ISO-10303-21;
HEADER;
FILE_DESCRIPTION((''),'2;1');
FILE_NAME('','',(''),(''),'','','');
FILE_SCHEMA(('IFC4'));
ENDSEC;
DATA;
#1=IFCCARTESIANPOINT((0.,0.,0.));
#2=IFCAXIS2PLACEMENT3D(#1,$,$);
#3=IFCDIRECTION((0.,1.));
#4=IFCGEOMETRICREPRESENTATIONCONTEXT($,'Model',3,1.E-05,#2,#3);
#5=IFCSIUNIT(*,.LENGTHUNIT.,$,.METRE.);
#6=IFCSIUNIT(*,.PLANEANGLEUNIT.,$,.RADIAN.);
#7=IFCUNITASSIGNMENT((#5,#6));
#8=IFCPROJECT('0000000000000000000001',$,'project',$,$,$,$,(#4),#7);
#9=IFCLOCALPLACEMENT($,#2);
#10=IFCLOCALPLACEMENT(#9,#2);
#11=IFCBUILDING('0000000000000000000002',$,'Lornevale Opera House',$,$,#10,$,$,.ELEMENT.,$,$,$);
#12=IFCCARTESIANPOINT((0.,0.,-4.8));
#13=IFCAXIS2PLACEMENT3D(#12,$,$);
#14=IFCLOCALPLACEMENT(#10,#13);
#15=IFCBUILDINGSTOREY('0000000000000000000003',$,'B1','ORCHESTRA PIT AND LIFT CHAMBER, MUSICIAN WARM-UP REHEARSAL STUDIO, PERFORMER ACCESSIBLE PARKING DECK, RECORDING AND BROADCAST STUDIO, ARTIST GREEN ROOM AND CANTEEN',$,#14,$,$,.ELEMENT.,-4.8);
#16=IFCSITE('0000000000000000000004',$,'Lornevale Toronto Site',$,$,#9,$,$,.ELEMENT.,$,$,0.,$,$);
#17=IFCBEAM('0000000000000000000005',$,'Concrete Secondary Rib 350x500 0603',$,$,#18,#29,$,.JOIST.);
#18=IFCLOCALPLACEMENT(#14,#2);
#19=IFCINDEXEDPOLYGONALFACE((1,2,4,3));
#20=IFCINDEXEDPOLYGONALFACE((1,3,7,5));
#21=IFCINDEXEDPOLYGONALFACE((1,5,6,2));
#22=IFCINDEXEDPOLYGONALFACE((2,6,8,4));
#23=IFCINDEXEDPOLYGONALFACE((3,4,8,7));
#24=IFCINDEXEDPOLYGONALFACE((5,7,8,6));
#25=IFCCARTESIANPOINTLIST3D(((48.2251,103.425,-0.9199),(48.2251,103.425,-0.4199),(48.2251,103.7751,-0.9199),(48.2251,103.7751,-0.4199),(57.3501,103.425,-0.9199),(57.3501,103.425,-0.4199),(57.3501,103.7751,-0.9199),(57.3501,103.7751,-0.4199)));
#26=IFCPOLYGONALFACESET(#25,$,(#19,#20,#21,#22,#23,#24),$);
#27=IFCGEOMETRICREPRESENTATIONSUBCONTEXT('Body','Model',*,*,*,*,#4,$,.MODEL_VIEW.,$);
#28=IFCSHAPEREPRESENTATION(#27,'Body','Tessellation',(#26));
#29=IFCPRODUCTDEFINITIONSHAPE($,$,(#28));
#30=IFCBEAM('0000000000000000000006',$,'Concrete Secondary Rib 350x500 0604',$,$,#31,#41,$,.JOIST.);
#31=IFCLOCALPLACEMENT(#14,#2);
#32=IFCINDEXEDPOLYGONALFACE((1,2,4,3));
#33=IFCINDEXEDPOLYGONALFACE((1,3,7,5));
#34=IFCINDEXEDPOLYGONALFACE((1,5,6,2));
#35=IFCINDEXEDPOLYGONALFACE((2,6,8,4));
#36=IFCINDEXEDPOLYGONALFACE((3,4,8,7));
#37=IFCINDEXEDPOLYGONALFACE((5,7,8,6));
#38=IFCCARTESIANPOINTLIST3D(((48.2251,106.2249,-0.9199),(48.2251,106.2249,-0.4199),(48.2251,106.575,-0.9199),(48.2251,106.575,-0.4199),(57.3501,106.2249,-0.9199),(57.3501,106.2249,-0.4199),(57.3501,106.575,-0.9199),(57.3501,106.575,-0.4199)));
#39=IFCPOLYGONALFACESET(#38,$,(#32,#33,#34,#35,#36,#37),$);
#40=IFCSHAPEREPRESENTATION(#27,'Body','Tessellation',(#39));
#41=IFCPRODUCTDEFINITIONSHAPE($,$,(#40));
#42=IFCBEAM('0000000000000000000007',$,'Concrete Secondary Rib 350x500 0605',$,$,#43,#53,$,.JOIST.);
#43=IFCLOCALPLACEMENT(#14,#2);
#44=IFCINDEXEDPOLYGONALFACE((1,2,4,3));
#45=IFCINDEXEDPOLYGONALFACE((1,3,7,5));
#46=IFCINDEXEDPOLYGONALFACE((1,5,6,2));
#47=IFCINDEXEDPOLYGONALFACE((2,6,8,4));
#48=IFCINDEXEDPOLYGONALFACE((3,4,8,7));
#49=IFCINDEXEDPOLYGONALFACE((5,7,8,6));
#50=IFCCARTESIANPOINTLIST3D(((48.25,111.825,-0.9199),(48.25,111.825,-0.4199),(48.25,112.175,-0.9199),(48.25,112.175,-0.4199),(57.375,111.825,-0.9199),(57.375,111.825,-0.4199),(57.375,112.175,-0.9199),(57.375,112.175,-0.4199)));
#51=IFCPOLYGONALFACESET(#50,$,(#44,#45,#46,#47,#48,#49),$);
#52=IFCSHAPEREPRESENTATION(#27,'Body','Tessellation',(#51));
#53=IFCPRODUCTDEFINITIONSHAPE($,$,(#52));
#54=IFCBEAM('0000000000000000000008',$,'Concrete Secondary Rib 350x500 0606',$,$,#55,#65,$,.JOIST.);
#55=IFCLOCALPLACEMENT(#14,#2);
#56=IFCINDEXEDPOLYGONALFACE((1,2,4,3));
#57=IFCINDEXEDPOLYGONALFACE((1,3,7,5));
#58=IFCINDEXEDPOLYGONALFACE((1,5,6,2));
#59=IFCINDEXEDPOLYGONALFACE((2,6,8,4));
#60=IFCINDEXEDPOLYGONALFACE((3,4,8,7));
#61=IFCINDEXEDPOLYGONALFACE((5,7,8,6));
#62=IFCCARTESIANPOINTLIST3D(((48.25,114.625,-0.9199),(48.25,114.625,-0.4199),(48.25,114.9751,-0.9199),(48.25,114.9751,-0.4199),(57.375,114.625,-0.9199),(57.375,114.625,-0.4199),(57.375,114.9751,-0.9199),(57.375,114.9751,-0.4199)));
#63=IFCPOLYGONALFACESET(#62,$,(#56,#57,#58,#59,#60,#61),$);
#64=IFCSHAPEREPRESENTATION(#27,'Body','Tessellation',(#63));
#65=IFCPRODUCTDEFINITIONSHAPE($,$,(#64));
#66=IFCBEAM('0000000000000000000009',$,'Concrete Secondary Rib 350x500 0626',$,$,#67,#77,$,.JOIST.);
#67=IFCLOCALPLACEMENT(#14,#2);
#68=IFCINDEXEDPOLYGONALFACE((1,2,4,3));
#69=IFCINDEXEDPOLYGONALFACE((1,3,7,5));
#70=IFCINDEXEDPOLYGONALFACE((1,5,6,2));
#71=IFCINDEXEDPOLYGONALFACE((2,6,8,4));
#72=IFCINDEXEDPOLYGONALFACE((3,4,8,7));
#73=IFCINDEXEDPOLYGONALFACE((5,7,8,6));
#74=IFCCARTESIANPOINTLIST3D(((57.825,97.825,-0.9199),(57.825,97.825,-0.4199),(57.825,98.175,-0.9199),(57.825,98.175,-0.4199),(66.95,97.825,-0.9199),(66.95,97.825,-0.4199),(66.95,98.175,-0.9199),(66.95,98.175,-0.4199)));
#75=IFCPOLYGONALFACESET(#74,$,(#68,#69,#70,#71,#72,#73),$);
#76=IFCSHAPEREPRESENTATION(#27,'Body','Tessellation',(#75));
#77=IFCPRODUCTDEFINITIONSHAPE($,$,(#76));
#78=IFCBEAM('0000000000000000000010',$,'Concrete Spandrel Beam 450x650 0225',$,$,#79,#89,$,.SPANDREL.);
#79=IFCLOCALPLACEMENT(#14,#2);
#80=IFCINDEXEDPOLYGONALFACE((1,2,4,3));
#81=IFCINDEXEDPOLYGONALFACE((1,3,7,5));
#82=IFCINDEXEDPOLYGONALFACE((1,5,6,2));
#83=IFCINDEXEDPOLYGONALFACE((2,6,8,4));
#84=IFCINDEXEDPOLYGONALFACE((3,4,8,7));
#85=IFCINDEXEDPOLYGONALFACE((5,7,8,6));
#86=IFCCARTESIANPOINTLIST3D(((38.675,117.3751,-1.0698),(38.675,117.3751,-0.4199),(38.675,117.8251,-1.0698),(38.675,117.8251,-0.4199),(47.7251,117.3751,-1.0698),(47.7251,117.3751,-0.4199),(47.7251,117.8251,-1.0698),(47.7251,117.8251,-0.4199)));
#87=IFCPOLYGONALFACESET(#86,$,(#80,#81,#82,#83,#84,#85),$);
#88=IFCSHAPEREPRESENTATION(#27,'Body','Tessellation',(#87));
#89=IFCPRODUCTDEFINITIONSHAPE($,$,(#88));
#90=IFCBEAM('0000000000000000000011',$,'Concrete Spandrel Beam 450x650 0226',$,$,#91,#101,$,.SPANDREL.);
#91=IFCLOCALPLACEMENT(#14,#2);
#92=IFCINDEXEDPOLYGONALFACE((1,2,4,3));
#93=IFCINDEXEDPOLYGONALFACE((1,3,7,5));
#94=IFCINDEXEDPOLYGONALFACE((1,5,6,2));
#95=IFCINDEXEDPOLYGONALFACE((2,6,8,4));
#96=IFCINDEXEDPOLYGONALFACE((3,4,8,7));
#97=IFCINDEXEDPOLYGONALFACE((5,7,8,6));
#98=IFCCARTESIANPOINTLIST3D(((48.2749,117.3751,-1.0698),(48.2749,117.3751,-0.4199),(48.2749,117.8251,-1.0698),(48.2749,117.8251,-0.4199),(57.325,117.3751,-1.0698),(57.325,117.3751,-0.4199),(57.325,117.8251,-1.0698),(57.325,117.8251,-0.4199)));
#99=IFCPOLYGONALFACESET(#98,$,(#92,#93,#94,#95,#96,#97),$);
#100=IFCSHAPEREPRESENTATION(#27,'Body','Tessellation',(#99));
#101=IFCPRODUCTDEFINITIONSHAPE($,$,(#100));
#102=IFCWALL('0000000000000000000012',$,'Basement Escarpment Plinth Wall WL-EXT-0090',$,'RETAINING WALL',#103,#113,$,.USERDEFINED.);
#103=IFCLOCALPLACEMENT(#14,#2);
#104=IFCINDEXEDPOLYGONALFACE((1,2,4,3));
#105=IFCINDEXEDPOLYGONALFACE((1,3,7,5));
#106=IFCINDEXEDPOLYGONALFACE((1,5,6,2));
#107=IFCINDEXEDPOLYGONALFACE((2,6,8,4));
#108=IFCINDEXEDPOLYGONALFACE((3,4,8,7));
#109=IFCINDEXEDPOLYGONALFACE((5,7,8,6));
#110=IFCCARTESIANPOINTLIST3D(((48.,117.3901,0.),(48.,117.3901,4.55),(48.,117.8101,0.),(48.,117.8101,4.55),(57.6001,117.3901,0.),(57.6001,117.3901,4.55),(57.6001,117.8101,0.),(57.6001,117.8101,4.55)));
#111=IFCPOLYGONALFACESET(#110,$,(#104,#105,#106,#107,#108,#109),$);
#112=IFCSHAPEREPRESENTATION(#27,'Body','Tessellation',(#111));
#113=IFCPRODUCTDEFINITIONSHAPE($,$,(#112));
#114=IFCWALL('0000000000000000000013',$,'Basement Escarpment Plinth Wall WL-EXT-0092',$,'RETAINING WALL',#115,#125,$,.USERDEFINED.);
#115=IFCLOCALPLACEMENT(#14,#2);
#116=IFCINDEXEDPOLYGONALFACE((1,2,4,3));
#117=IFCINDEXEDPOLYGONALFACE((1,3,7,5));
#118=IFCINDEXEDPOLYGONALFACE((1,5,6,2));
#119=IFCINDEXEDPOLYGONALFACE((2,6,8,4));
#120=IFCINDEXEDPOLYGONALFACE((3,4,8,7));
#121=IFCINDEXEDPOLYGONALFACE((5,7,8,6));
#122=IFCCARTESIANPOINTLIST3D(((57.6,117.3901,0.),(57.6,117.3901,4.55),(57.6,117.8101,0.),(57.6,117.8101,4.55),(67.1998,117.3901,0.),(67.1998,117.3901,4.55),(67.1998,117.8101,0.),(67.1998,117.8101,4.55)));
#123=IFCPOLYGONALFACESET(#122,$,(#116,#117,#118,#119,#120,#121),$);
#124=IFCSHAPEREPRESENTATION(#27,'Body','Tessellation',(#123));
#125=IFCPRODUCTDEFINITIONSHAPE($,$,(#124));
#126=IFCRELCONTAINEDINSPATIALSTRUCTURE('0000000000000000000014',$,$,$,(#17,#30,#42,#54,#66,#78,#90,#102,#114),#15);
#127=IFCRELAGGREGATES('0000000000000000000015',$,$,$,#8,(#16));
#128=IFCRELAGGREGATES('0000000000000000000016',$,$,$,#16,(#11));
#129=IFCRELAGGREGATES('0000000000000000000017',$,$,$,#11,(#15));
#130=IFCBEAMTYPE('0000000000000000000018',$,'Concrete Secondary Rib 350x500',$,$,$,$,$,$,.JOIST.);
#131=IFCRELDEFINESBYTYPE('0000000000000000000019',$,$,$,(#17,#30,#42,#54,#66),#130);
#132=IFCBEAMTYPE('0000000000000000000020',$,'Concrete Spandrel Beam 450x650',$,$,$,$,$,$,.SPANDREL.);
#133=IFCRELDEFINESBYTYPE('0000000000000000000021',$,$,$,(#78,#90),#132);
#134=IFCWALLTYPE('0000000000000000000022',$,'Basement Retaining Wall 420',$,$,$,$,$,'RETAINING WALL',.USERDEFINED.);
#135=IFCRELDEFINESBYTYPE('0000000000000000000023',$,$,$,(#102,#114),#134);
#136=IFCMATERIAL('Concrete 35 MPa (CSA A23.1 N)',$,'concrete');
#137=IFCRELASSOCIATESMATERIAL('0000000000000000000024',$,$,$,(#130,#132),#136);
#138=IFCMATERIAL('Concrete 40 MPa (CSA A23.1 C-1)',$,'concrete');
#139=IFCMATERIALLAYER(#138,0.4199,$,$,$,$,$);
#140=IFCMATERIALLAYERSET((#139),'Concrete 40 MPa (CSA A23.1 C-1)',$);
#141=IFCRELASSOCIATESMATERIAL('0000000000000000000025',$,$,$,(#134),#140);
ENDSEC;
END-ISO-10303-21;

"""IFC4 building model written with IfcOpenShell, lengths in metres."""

from ifc_helpers import new_model, si_unit, direction, frame, frame_2d, origin, origin_2d, place, context, subcontext, project, spatial, rectangle, extrude, material, layer, layer_set, material_profile, profile_set, type_object, element, save


model = new_model("IFC4")

# Units and contexts
model_context = context("Model", 3, precision=1e-05, world=origin(), true_north=direction((0.0, 1.0)))
body_context = subcontext(model_context, "Body", "Model", "MODEL_VIEW")
ifc_project = project(units=[si_unit("LENGTHUNIT", "METRE"), si_unit("PLANEANGLEUNIT", "RADIAN")], contexts=[model_context])

# Site, building, storey
site_placement = place(None, origin())
site = spatial("IfcSite", under=ifc_project, at=site_placement, Name="Lornevale Toronto Site", CompositionType="ELEMENT", RefElevation=0.0)
building_placement = place(site_placement, origin())
building = spatial("IfcBuilding", under=site, at=building_placement, Name="Lornevale Opera House", CompositionType="ELEMENT")
storey_placement = place(building_placement, frame((0.0, 0.0, -4.8)))
storey = spatial("IfcBuildingStorey", under=building, at=storey_placement, Name="B1", Description="ORCHESTRA PIT AND LIFT CHAMBER, MUSICIAN WARM-UP REHEARSAL STUDIO, PERFORMER ACCESSIBLE PARKING DECK, RECORDING AND BROADCAST STUDIO, ARTIST GREEN ROOM AND CANTEEN", CompositionType="ELEMENT", Elevation=-4.8)

# Shared definitions
ifc_material_1 = material(Name="Concrete 35 MPa (CSA A23.1 N)", Category="concrete")
ifc_material_2 = material(Name="Concrete 40 MPa (CSA A23.1 C-1)", Category="concrete")

# Beams
ifc_material_profile_1 = material_profile(ifc_material_1, rectangle(XDim=0.3501, YDim=0.5, at=origin_2d()), Name="RC350x500")
ifc_profile_set_1 = profile_set([ifc_material_profile_1], Name="Concrete 35 MPa (CSA A23.1 N)")
beam_type_1 = type_object("IfcBeamType", Name="Concrete Secondary Rib 350x500", PredefinedType="JOIST", material=ifc_profile_set_1)
for number, where, z_axis, x_axis, name in (
    (1, (48.2251, 103.6001, -0.6699), (1.0, 0.0, 0.0), (0.0, 1.0, 0.0), "Concrete Secondary Rib 350x500 0603"),
    (2, (48.2251, 106.3999, -0.6699), (1.0, 0.0, 0.0), (0.0, 1.0, 0.0), "Concrete Secondary Rib 350x500 0604"),
    (3, (48.25, 112.0, -0.6699), (1.0, 0.0, 0.0), (0.0, 1.0, 0.0), "Concrete Secondary Rib 350x500 0605"),
    (4, (48.25, 114.8, -0.6699), (1.0, 0.0, 0.0), (0.0, 1.0, 0.0), "Concrete Secondary Rib 350x500 0606"),
    (5, (57.825, 98.0, -0.6699), (1.0, 0.0, 0.0), (0.0, 1.0, 0.0), "Concrete Secondary Rib 350x500 0626"),
):
    element("IfcBeam", number, at=place(storey_placement, frame(where, z_axis=z_axis, x_axis=x_axis)), inside=storey, type_object=beam_type_1, Name=name, PredefinedType="JOIST", context=body_context, shape_type="SweptSolid", body=[
        extrude(rectangle(XDim=0.3501, YDim=0.5, at=origin_2d()), origin(), (0.0, 0.0, 1.0), 9.125),
    ])
ifc_material_profile_2 = material_profile(ifc_material_1, rectangle(XDim=0.45, YDim=0.6499, at=origin_2d()), Name="RC450x650")
ifc_profile_set_2 = profile_set([ifc_material_profile_2], Name="Concrete 35 MPa (CSA A23.1 N)")
beam_type_2 = type_object("IfcBeamType", Name="Concrete Spandrel Beam 450x650", PredefinedType="SPANDREL", material=ifc_profile_set_2)
for number, where, z_axis, x_axis, name in (
    (6, (38.675, 117.6001, -0.7449), (1.0, 0.0, 0.0), (0.0, 1.0, 0.0), "Concrete Spandrel Beam 450x650 0225"),
    (7, (48.2749, 117.6001, -0.7449), (1.0, 0.0, 0.0), (0.0, 1.0, 0.0), "Concrete Spandrel Beam 450x650 0226"),
):
    element("IfcBeam", number, at=place(storey_placement, frame(where, z_axis=z_axis, x_axis=x_axis)), inside=storey, type_object=beam_type_2, Name=name, PredefinedType="SPANDREL", context=body_context, shape_type="SweptSolid", body=[
        extrude(rectangle(XDim=0.45, YDim=0.6499, at=origin_2d()), origin(), (0.0, 0.0, 1.0), 9.05),
    ])

# Walls
ifc_layer = layer(ifc_material_2, 0.4199)
ifc_layer_set = layer_set([ifc_layer], Name="Concrete 40 MPa (CSA A23.1 C-1)")
wall_type = type_object("IfcWallType", Name="Basement Retaining Wall 420", ElementType="RETAINING WALL", PredefinedType="USERDEFINED", material=ifc_layer_set)
wall_1_placement = place(storey_placement, frame((48.0, 117.6001, 0.0), z_axis=(0.0, 0.0, 1.0), x_axis=(1.0, 0.0, 0.0)))
element("IfcWall", 8, at=wall_1_placement, inside=storey, type_object=wall_type, Name="Basement Escarpment Plinth Wall WL-EXT-0090", ObjectType="RETAINING WALL", PredefinedType="USERDEFINED", context=body_context, shape_type="SweptSolid", body=[
    extrude(rectangle(XDim=9.6001, YDim=0.4199, at=frame_2d((4.8, 0.0))), origin(), (0.0, 0.0, 1.0), 4.55),
])
wall_2_placement = place(storey_placement, frame((57.6001, 117.6001, 0.0), z_axis=(0.0, 0.0, 1.0), x_axis=(1.0, 0.0, 0.0)))
element("IfcWall", 9, at=wall_2_placement, inside=storey, type_object=wall_type, Name="Basement Escarpment Plinth Wall WL-EXT-0092", ObjectType="RETAINING WALL", PredefinedType="USERDEFINED", context=body_context, shape_type="SweptSolid", body=[
    extrude(rectangle(XDim=9.5999, YDim=0.4199, at=frame_2d((4.7998, 0.0))), origin(), (0.0, 0.0, 1.0), 4.55),
])

save(model, "model.ifc")
